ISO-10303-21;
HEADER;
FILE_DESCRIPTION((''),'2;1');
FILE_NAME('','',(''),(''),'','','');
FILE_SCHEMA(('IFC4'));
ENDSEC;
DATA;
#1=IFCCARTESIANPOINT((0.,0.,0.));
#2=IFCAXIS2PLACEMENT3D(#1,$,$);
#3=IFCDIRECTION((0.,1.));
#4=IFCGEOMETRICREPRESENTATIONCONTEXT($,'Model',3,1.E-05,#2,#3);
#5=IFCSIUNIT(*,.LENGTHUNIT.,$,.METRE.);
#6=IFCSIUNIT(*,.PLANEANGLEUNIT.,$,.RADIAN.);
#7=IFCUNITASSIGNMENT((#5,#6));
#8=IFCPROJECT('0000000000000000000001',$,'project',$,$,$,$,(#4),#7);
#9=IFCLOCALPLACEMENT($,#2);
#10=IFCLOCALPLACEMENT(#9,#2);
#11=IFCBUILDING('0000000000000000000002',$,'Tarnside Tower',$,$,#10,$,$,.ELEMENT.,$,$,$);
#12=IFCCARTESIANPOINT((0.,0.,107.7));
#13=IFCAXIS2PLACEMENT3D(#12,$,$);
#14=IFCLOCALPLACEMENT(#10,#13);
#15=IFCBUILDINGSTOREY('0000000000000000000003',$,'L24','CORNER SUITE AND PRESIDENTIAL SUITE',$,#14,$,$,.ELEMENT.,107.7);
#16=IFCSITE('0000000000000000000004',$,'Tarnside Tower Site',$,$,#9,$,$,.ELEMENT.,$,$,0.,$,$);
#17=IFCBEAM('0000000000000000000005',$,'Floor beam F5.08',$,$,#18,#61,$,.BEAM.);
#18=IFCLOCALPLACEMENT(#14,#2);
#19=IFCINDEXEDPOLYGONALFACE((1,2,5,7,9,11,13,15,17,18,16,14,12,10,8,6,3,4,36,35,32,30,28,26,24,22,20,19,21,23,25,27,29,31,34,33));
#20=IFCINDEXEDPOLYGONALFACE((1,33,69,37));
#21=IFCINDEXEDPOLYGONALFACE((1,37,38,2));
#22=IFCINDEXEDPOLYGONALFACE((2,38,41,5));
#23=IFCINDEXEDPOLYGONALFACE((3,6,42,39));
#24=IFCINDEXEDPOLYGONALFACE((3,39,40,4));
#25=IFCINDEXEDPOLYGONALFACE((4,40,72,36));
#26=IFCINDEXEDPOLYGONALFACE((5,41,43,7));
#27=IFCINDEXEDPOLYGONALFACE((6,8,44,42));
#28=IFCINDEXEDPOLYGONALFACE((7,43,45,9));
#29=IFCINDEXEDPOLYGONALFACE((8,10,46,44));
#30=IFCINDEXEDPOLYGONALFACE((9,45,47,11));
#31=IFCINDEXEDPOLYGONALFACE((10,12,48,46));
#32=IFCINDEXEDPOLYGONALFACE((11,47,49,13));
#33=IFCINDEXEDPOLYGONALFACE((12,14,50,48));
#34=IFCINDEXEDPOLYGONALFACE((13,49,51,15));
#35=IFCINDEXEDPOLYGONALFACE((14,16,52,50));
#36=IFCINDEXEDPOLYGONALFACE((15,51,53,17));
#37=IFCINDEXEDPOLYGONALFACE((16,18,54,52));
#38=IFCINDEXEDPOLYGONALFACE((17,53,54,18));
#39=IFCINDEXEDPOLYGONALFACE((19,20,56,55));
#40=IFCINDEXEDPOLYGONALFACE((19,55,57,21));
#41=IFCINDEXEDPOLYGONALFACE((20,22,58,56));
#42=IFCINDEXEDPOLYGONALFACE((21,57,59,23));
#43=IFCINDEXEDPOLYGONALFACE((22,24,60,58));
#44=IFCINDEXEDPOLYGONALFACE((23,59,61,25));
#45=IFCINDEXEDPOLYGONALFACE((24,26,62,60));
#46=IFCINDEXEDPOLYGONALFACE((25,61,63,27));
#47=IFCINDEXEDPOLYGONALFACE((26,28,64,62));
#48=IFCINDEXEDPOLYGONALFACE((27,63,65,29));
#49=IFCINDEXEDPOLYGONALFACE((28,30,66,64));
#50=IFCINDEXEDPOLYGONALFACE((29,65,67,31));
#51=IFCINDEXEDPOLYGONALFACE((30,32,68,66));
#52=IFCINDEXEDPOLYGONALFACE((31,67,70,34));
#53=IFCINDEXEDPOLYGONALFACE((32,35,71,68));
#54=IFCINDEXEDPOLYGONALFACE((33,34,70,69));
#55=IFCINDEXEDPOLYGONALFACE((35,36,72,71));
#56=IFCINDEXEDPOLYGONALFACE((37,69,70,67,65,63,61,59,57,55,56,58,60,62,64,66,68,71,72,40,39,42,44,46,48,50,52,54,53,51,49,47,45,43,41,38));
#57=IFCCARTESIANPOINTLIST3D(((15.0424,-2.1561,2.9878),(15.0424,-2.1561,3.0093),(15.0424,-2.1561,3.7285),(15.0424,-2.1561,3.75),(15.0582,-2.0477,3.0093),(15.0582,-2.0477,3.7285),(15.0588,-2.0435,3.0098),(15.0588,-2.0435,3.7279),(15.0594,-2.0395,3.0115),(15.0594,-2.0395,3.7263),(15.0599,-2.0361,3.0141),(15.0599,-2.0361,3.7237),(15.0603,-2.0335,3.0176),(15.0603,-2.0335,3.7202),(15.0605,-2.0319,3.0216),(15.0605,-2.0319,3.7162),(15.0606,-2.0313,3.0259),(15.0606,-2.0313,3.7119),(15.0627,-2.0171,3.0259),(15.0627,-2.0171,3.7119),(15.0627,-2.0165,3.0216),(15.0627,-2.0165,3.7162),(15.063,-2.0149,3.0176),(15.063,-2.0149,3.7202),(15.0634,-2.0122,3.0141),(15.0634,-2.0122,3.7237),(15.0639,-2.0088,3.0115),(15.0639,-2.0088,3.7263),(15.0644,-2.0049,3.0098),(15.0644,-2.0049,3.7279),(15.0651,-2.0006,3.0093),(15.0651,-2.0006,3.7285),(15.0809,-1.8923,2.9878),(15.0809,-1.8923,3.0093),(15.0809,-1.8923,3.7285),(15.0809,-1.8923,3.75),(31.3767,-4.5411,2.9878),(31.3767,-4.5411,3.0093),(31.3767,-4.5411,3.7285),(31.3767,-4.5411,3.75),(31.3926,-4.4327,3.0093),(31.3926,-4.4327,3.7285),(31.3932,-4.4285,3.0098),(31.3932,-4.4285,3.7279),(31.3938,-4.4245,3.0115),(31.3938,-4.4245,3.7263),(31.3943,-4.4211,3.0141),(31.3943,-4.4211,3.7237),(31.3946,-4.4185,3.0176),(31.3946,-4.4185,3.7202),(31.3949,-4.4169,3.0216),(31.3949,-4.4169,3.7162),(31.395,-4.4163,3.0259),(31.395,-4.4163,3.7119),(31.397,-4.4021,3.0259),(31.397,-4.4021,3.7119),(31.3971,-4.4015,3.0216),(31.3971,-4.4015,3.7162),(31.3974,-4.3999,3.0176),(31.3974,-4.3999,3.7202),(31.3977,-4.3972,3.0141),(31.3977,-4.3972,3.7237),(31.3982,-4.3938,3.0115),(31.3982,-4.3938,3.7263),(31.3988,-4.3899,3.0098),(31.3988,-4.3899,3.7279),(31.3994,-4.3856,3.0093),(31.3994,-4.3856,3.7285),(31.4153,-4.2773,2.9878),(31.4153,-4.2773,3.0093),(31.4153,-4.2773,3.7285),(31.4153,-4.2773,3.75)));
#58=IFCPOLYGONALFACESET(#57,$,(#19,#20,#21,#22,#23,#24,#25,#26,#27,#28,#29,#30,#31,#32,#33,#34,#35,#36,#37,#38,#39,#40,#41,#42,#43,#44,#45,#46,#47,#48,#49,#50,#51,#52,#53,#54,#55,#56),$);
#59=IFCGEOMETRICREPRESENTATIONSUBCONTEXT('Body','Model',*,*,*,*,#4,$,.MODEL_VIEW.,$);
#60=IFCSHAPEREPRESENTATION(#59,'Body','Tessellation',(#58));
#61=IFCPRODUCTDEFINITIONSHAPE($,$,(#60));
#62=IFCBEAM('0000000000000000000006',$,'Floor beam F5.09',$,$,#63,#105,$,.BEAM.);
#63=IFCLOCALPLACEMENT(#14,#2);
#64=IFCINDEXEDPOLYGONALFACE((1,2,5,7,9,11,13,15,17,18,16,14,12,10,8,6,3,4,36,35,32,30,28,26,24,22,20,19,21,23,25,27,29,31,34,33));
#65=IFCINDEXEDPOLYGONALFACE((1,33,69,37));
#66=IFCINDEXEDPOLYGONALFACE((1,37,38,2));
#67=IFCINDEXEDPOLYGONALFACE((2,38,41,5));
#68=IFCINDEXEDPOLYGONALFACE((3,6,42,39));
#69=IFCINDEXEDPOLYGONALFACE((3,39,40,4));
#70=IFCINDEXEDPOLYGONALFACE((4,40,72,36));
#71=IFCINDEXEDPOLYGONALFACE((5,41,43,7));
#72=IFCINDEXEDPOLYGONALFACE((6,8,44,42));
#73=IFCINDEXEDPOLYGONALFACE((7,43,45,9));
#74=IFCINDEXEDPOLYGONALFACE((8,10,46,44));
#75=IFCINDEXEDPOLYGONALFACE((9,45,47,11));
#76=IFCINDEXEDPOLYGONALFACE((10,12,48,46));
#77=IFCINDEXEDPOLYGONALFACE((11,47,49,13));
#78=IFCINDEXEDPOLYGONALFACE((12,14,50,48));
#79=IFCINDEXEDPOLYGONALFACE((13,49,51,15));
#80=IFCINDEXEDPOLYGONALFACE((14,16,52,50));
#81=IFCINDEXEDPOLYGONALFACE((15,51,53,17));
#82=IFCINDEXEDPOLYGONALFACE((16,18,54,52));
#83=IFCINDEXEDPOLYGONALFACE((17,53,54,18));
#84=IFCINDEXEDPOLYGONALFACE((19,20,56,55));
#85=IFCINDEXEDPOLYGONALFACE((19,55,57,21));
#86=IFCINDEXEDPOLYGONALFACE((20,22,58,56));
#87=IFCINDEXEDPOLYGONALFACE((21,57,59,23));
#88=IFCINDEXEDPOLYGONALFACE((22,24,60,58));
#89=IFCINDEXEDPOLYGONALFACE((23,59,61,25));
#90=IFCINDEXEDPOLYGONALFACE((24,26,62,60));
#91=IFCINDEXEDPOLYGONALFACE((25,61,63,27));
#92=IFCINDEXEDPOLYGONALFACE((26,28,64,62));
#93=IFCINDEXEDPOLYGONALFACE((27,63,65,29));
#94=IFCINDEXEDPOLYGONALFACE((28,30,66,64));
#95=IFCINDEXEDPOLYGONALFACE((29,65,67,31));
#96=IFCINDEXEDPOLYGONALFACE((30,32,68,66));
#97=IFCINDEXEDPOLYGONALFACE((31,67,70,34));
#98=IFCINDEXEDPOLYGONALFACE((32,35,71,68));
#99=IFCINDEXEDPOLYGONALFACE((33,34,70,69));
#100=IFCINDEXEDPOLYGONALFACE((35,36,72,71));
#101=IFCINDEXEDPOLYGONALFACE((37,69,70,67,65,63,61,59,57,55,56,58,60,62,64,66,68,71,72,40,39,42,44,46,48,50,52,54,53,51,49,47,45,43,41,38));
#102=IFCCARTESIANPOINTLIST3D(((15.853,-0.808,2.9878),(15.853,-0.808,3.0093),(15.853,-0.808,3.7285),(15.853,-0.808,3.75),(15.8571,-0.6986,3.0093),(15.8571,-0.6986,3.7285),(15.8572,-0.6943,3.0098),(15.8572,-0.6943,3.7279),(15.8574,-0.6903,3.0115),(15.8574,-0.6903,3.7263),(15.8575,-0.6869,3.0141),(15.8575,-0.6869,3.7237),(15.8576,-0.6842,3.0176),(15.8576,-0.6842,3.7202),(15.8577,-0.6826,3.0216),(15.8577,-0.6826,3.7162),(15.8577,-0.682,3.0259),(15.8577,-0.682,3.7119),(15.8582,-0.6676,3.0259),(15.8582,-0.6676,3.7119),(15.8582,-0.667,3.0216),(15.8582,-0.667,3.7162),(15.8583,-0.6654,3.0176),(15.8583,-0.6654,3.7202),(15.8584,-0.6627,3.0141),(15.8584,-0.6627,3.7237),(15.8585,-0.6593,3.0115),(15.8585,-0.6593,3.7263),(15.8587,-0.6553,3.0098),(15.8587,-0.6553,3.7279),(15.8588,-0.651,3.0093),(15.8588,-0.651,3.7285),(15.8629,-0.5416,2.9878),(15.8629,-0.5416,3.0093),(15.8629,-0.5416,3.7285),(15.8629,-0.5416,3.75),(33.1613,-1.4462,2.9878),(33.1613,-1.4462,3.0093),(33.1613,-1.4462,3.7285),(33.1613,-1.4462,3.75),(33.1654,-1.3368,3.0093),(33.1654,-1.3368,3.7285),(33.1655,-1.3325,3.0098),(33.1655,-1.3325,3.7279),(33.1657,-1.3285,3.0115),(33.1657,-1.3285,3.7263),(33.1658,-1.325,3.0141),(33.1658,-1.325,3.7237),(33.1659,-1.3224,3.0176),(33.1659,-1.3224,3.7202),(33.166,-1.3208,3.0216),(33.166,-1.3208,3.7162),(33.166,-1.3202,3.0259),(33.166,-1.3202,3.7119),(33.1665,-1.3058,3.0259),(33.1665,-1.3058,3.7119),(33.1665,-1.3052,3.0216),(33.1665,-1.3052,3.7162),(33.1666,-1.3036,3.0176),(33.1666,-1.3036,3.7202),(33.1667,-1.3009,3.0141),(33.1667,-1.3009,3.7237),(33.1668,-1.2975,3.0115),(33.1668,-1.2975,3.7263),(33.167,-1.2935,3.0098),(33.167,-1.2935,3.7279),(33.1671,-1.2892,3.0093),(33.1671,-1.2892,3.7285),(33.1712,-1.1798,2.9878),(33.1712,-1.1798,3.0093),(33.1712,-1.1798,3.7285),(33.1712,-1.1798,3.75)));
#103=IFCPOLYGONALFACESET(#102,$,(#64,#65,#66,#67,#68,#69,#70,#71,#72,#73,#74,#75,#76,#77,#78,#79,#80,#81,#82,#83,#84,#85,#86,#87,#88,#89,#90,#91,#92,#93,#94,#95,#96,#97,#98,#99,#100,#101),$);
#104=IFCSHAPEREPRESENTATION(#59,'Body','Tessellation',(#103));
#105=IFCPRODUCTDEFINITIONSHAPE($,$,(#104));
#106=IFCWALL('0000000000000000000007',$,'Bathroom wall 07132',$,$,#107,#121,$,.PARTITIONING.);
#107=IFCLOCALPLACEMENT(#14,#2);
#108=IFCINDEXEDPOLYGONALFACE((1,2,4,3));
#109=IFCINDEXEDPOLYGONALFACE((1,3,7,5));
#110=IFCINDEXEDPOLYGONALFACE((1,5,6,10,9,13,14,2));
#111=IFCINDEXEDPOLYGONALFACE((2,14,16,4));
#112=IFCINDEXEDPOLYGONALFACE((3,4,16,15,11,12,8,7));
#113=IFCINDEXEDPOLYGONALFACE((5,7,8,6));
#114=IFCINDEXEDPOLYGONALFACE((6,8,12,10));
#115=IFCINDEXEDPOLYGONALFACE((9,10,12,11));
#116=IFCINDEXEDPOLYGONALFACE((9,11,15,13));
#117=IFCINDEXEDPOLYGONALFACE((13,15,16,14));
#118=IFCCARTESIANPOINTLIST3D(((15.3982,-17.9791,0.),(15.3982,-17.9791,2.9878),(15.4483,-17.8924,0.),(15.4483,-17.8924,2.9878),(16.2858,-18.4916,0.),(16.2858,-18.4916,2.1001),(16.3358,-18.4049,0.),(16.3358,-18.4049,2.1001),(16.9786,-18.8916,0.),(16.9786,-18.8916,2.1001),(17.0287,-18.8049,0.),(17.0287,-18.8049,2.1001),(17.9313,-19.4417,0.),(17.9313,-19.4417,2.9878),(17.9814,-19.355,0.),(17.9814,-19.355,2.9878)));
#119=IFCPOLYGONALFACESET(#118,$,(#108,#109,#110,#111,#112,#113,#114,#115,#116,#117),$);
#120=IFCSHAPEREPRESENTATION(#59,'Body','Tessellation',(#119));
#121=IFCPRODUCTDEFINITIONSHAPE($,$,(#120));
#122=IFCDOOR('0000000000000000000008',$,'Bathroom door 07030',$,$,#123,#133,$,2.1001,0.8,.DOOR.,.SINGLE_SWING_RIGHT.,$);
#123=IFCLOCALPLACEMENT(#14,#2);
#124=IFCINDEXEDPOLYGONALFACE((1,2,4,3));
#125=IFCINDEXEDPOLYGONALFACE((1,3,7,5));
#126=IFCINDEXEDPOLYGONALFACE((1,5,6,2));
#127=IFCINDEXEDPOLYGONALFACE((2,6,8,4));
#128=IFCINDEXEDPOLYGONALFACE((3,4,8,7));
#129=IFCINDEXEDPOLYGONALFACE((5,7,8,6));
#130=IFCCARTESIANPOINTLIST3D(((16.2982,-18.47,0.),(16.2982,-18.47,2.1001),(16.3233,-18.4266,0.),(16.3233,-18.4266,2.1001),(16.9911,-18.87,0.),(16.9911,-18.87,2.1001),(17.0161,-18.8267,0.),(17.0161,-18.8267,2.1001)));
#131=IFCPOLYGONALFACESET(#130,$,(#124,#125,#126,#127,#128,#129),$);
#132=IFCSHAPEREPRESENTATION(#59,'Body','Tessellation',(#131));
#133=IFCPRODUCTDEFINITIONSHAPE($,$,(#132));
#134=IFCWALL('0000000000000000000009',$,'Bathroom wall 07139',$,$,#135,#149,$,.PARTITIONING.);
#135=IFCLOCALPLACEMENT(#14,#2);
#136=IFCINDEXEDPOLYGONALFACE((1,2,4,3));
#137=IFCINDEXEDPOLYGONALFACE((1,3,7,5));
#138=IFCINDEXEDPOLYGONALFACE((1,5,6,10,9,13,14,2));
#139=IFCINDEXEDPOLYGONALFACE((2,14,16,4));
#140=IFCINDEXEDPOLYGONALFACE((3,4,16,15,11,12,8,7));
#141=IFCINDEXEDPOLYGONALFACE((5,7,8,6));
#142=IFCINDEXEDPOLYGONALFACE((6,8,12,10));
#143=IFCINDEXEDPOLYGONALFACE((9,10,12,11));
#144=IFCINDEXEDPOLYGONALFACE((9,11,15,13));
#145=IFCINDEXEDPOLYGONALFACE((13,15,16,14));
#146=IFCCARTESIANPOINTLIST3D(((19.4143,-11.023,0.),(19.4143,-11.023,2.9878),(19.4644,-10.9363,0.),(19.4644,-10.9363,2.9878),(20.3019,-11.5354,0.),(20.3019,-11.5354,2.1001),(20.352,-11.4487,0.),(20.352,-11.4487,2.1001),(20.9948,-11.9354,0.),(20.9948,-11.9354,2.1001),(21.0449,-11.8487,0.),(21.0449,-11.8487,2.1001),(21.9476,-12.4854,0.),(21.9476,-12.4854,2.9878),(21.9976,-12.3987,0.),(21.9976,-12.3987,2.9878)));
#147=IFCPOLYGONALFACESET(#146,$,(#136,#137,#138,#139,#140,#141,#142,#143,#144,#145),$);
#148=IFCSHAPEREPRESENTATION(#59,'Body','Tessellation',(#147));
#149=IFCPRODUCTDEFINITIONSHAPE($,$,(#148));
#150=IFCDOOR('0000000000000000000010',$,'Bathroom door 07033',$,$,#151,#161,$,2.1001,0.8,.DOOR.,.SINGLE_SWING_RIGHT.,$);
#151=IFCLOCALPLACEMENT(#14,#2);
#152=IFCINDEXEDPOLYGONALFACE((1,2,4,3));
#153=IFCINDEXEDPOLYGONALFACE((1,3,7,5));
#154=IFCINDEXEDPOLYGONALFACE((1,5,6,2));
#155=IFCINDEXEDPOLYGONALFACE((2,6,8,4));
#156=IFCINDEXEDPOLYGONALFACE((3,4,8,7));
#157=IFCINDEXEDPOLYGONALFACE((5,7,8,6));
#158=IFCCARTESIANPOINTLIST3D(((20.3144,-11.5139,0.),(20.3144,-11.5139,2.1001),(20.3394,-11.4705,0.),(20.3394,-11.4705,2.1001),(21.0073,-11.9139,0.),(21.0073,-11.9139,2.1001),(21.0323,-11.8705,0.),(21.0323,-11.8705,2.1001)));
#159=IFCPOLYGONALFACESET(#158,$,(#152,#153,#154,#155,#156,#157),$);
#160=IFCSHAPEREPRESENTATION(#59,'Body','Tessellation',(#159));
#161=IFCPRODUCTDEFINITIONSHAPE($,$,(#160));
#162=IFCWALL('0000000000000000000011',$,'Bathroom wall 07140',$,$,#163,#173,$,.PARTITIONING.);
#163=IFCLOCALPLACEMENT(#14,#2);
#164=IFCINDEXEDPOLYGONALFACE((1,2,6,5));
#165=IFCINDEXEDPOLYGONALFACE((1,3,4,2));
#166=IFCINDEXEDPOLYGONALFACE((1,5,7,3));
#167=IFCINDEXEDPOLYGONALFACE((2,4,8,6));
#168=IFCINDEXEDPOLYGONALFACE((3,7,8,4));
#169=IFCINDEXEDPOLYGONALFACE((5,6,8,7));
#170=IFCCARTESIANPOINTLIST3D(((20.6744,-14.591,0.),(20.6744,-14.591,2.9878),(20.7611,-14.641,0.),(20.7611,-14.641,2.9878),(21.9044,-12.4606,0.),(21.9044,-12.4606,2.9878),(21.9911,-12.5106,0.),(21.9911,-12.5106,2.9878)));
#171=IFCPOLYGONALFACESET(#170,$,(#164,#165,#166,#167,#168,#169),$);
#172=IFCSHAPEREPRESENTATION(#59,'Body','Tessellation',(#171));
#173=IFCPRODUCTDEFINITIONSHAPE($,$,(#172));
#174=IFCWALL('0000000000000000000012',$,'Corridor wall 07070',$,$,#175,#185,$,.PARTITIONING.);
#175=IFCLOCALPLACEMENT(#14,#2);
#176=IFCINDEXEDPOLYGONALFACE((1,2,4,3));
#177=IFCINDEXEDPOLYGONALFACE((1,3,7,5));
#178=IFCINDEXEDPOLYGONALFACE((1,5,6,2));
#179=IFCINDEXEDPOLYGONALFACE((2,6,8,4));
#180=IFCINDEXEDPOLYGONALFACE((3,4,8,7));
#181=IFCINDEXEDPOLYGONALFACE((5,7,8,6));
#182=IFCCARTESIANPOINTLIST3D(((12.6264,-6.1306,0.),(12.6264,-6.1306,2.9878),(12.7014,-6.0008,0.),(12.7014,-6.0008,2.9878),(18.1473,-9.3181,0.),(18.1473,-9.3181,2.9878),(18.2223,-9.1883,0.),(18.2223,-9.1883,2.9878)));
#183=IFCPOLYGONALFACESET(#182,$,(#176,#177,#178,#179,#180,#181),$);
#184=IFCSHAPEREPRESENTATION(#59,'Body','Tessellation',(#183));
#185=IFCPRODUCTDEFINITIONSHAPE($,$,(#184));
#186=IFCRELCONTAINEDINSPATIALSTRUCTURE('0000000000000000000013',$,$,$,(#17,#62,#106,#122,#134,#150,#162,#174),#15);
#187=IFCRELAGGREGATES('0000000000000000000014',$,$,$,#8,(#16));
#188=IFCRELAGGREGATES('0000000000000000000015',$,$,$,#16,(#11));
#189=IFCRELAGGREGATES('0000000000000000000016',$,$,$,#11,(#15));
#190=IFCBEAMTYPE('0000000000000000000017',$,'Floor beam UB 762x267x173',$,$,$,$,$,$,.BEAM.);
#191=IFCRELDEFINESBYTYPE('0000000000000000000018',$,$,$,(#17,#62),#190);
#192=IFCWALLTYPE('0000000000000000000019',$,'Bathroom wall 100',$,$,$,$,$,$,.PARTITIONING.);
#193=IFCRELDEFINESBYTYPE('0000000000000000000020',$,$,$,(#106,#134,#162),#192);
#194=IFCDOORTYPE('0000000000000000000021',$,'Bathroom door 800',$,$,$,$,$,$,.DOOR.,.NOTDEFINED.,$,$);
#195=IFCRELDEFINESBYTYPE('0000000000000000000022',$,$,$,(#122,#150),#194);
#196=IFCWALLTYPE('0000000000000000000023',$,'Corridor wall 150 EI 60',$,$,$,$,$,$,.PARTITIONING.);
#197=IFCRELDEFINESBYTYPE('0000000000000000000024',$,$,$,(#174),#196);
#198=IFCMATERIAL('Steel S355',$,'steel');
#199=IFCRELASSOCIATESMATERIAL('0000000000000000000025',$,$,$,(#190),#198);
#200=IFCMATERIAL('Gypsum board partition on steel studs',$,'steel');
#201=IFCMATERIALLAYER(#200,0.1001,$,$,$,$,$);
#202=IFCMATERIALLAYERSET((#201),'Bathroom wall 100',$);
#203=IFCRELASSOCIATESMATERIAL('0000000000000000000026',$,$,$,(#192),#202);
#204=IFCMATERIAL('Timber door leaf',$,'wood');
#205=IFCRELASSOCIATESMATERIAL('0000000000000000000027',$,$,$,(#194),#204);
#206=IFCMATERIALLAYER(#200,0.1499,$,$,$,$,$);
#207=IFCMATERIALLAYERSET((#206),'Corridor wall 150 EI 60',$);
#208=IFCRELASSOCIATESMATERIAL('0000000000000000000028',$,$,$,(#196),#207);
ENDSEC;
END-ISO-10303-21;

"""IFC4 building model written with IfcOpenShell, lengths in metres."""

from ifc_helpers import new_model, si_unit, direction, frame, frame_2d, origin, origin_2d, place, context, subcontext, project, spatial, rectangle, i_section, extrude, material, layer, layer_set, material_profile, profile_set, type_object, element, fill, save


model = new_model("IFC4")

# Units and contexts
model_context = context("Model", 3, precision=1e-05, world=origin(), true_north=direction((0.0, 1.0)))
body_context = subcontext(model_context, "Body", "Model", "MODEL_VIEW")
ifc_project = project(units=[si_unit("LENGTHUNIT", "METRE"), si_unit("PLANEANGLEUNIT", "RADIAN")], contexts=[model_context])

# Site, building, storey
site_placement = place(None, origin())
site = spatial("IfcSite", under=ifc_project, at=site_placement, Name="Tarnside Tower Site", CompositionType="ELEMENT", RefElevation=0.0)
building_placement = place(site_placement, origin())
building = spatial("IfcBuilding", under=site, at=building_placement, Name="Tarnside Tower", CompositionType="ELEMENT")
storey_placement = place(building_placement, frame((0.0, 0.0, 107.7)))
storey = spatial("IfcBuildingStorey", under=building, at=storey_placement, Name="L24", Description="CORNER SUITE AND PRESIDENTIAL SUITE", CompositionType="ELEMENT", Elevation=107.7)

# Beams
ifc_material_1 = material(Name="Steel S355", Category="steel")
ifc_material_profile_1 = material_profile(ifc_material_1, i_section(OverallWidth=0.2666, OverallDepth=0.7622, WebThickness=0.0144, FlangeThickness=0.0215, FilletRadius=0.0166, at=origin_2d()), Name="UB 762x267x173")
ifc_profile_set_1 = profile_set([ifc_material_profile_1], Name="Steel S355")
beam_type_1 = type_object("IfcBeamType", Name="Floor beam UB 762x267x173", PredefinedType="BEAM", material=ifc_profile_set_1)
beam_1_placement = place(storey_placement, frame((31.396, -4.4092, 3.3689), z_axis=(-0.989508, 0.144479, 0.0), x_axis=(-0.144479, -0.989508, 0.0)))
element("IfcBeam", 1, at=beam_1_placement, inside=storey, type_object=beam_type_1, Name="Floor beam F5.08", PredefinedType="BEAM", context=body_context, shape_type="SweptSolid", body=[
    extrude(i_section(OverallWidth=0.2666, OverallDepth=0.7622, WebThickness=0.0144, FlangeThickness=0.0215, FilletRadius=0.0166, at=origin_2d()), origin(), (0.0, 0.0, 1.0), 16.5076),
])
beam_2_placement = place(storey_placement, frame((33.1663, -1.313, 3.3689), z_axis=(-0.999321, 0.036846, 0.0), x_axis=(-0.036846, -0.999321, 0.0)))
element("IfcBeam", 2, at=beam_2_placement, inside=storey, type_object=beam_type_1, Name="Floor beam F5.09", PredefinedType="BEAM", context=body_context, shape_type="SweptSolid", body=[
    extrude(i_section(OverallWidth=0.2666, OverallDepth=0.7622, WebThickness=0.0144, FlangeThickness=0.0215, FilletRadius=0.0166, at=origin_2d()), origin(), (0.0, 0.0, 1.0), 17.3201),
])

# Walls, openings, doors
ifc_material_2 = material(Name="Gypsum board partition on steel studs", Category="steel")
ifc_layer_1 = layer(ifc_material_2, 0.1001)
ifc_layer_set_1 = layer_set([ifc_layer_1], Name="Bathroom wall 100")
wall_type_1 = type_object("IfcWallType", Name="Bathroom wall 100", PredefinedType="PARTITIONING", material=ifc_layer_set_1)
wall_1_placement = place(storey_placement, frame((15.4233, -17.9358, 0.0), z_axis=(0.0, 0.0, 1.0), x_axis=(0.86601, -0.500026, 0.0)))
wall_1 = element("IfcWall", 3, at=wall_1_placement, inside=storey, type_object=wall_type_1, Name="Bathroom wall 07132", PredefinedType="PARTITIONING", context=body_context, shape_type="SweptSolid", body=[
    extrude(rectangle(XDim=2.925, YDim=0.1001, at=frame_2d((1.4624, 0.0))), origin(), (0.0, 0.0, 1.0), 2.9878),
])
opening_1_placement = place(wall_1_placement, frame((1.0249, 0.0, 0.0)))
opening_1 = element("IfcOpeningElement", 4, at=opening_1_placement, cuts=wall_1, PredefinedType="OPENING", context=body_context, shape_type="SweptSolid", body=[
    extrude(rectangle(XDim=0.8, YDim=2.1001, at=frame_2d((0.3999, 1.05))), frame((0.0, 0.0601, 0.0), z_axis=(0.0, -1.0, 0.0), x_axis=(1.0, 0.0, 0.0)), (0.0, 0.0, 1.0), 0.1201),
])
ifc_material_3 = material(Name="Timber door leaf", Category="wood")
door_type_1 = type_object("IfcDoorType", Name="Bathroom door 800", OperationType="NOTDEFINED", PredefinedType="DOOR", material=ifc_material_3)
door_1_placement = place(opening_1_placement, origin())
door_1 = element("IfcDoor", 5, at=door_1_placement, inside=storey, type_object=door_type_1, Name="Bathroom door 07030", OperationType="SINGLE_SWING_RIGHT", OverallHeight=2.1001, OverallWidth=0.8, PredefinedType="DOOR", context=body_context, shape_type="SweptSolid", body=[
    extrude(rectangle(XDim=0.8, YDim=2.1001, at=frame_2d((0.3999, 1.05))), frame((0.0, 0.0249, 0.0), z_axis=(0.0, -1.0, 0.0), x_axis=(1.0, 0.0, 0.0)), (0.0, 0.0, 1.0), 0.05),
])
fill(opening_1, door_1)
wall_2_placement = place(storey_placement, frame((19.4395, -10.9797, 0.0), z_axis=(0.0, 0.0, 1.0), x_axis=(0.866047, -0.499963, 0.0)))
wall_2 = element("IfcWall", 6, at=wall_2_placement, inside=storey, type_object=wall_type_1, Name="Bathroom wall 07139", PredefinedType="PARTITIONING", context=body_context, shape_type="SweptSolid", body=[
    extrude(rectangle(XDim=2.925, YDim=0.1001, at=frame_2d((1.4624, 0.0))), origin(), (0.0, 0.0, 1.0), 2.9878),
])
opening_2_placement = place(wall_2_placement, frame((1.0249, 0.0, 0.0)))
opening_2 = element("IfcOpeningElement", 7, at=opening_2_placement, cuts=wall_2, PredefinedType="OPENING", context=body_context, shape_type="SweptSolid", body=[
    extrude(rectangle(XDim=0.8, YDim=2.1001, at=frame_2d((0.3999, 1.05))), frame((0.0, 0.0601, 0.0), z_axis=(0.0, -1.0, 0.0), x_axis=(1.0, 0.0, 0.0)), (0.0, 0.0, 1.0), 0.1201),
])
door_2_placement = place(opening_2_placement, origin())
door_2 = element("IfcDoor", 8, at=door_2_placement, inside=storey, type_object=door_type_1, Name="Bathroom door 07033", OperationType="SINGLE_SWING_RIGHT", OverallHeight=2.1001, OverallWidth=0.8, PredefinedType="DOOR", context=body_context, shape_type="SweptSolid", body=[
    extrude(rectangle(XDim=0.8, YDim=2.1001, at=frame_2d((0.3999, 1.05))), frame((0.0, 0.0249, 0.0), z_axis=(0.0, -1.0, 0.0), x_axis=(1.0, 0.0, 0.0)), (0.0, 0.0, 1.0), 0.05),
])
fill(opening_2, door_2)

# Walls
wall_3_placement = place(storey_placement, frame((21.9478, -12.4856, 0.0), z_axis=(0.0, 0.0, 1.0), x_axis=(-0.500003, -0.866024, 0.0)))
element("IfcWall", 9, at=wall_3_placement, inside=storey, type_object=wall_type_1, Name="Bathroom wall 07140", PredefinedType="PARTITIONING", context=body_context, shape_type="SweptSolid", body=[
    extrude(rectangle(XDim=2.46, YDim=0.1001, at=frame_2d((1.23, 0.0))), origin(), (0.0, 0.0, 1.0), 2.9878),
])
ifc_layer_2 = layer(ifc_material_2, 0.1499)
ifc_layer_set_2 = layer_set([ifc_layer_2], Name="Corridor wall 150 EI 60")
wall_type_2 = type_object("IfcWallType", Name="Corridor wall 150 EI 60", PredefinedType="PARTITIONING", material=ifc_layer_set_2)
wall_4_placement = place(storey_placement, frame((18.1848, -9.2532, 0.0), z_axis=(0.0, 0.0, 1.0), x_axis=(-0.866029, 0.499994, 0.0)))
element("IfcWall", 10, at=wall_4_placement, inside=storey, type_object=wall_type_2, Name="Corridor wall 07070", PredefinedType="PARTITIONING", context=body_context, shape_type="SweptSolid", body=[
    extrude(rectangle(XDim=6.375, YDim=0.1499, at=frame_2d((3.1875, 0.0))), origin(), (0.0, 0.0, 1.0), 2.9878),
])

save(model, "model.ifc")
